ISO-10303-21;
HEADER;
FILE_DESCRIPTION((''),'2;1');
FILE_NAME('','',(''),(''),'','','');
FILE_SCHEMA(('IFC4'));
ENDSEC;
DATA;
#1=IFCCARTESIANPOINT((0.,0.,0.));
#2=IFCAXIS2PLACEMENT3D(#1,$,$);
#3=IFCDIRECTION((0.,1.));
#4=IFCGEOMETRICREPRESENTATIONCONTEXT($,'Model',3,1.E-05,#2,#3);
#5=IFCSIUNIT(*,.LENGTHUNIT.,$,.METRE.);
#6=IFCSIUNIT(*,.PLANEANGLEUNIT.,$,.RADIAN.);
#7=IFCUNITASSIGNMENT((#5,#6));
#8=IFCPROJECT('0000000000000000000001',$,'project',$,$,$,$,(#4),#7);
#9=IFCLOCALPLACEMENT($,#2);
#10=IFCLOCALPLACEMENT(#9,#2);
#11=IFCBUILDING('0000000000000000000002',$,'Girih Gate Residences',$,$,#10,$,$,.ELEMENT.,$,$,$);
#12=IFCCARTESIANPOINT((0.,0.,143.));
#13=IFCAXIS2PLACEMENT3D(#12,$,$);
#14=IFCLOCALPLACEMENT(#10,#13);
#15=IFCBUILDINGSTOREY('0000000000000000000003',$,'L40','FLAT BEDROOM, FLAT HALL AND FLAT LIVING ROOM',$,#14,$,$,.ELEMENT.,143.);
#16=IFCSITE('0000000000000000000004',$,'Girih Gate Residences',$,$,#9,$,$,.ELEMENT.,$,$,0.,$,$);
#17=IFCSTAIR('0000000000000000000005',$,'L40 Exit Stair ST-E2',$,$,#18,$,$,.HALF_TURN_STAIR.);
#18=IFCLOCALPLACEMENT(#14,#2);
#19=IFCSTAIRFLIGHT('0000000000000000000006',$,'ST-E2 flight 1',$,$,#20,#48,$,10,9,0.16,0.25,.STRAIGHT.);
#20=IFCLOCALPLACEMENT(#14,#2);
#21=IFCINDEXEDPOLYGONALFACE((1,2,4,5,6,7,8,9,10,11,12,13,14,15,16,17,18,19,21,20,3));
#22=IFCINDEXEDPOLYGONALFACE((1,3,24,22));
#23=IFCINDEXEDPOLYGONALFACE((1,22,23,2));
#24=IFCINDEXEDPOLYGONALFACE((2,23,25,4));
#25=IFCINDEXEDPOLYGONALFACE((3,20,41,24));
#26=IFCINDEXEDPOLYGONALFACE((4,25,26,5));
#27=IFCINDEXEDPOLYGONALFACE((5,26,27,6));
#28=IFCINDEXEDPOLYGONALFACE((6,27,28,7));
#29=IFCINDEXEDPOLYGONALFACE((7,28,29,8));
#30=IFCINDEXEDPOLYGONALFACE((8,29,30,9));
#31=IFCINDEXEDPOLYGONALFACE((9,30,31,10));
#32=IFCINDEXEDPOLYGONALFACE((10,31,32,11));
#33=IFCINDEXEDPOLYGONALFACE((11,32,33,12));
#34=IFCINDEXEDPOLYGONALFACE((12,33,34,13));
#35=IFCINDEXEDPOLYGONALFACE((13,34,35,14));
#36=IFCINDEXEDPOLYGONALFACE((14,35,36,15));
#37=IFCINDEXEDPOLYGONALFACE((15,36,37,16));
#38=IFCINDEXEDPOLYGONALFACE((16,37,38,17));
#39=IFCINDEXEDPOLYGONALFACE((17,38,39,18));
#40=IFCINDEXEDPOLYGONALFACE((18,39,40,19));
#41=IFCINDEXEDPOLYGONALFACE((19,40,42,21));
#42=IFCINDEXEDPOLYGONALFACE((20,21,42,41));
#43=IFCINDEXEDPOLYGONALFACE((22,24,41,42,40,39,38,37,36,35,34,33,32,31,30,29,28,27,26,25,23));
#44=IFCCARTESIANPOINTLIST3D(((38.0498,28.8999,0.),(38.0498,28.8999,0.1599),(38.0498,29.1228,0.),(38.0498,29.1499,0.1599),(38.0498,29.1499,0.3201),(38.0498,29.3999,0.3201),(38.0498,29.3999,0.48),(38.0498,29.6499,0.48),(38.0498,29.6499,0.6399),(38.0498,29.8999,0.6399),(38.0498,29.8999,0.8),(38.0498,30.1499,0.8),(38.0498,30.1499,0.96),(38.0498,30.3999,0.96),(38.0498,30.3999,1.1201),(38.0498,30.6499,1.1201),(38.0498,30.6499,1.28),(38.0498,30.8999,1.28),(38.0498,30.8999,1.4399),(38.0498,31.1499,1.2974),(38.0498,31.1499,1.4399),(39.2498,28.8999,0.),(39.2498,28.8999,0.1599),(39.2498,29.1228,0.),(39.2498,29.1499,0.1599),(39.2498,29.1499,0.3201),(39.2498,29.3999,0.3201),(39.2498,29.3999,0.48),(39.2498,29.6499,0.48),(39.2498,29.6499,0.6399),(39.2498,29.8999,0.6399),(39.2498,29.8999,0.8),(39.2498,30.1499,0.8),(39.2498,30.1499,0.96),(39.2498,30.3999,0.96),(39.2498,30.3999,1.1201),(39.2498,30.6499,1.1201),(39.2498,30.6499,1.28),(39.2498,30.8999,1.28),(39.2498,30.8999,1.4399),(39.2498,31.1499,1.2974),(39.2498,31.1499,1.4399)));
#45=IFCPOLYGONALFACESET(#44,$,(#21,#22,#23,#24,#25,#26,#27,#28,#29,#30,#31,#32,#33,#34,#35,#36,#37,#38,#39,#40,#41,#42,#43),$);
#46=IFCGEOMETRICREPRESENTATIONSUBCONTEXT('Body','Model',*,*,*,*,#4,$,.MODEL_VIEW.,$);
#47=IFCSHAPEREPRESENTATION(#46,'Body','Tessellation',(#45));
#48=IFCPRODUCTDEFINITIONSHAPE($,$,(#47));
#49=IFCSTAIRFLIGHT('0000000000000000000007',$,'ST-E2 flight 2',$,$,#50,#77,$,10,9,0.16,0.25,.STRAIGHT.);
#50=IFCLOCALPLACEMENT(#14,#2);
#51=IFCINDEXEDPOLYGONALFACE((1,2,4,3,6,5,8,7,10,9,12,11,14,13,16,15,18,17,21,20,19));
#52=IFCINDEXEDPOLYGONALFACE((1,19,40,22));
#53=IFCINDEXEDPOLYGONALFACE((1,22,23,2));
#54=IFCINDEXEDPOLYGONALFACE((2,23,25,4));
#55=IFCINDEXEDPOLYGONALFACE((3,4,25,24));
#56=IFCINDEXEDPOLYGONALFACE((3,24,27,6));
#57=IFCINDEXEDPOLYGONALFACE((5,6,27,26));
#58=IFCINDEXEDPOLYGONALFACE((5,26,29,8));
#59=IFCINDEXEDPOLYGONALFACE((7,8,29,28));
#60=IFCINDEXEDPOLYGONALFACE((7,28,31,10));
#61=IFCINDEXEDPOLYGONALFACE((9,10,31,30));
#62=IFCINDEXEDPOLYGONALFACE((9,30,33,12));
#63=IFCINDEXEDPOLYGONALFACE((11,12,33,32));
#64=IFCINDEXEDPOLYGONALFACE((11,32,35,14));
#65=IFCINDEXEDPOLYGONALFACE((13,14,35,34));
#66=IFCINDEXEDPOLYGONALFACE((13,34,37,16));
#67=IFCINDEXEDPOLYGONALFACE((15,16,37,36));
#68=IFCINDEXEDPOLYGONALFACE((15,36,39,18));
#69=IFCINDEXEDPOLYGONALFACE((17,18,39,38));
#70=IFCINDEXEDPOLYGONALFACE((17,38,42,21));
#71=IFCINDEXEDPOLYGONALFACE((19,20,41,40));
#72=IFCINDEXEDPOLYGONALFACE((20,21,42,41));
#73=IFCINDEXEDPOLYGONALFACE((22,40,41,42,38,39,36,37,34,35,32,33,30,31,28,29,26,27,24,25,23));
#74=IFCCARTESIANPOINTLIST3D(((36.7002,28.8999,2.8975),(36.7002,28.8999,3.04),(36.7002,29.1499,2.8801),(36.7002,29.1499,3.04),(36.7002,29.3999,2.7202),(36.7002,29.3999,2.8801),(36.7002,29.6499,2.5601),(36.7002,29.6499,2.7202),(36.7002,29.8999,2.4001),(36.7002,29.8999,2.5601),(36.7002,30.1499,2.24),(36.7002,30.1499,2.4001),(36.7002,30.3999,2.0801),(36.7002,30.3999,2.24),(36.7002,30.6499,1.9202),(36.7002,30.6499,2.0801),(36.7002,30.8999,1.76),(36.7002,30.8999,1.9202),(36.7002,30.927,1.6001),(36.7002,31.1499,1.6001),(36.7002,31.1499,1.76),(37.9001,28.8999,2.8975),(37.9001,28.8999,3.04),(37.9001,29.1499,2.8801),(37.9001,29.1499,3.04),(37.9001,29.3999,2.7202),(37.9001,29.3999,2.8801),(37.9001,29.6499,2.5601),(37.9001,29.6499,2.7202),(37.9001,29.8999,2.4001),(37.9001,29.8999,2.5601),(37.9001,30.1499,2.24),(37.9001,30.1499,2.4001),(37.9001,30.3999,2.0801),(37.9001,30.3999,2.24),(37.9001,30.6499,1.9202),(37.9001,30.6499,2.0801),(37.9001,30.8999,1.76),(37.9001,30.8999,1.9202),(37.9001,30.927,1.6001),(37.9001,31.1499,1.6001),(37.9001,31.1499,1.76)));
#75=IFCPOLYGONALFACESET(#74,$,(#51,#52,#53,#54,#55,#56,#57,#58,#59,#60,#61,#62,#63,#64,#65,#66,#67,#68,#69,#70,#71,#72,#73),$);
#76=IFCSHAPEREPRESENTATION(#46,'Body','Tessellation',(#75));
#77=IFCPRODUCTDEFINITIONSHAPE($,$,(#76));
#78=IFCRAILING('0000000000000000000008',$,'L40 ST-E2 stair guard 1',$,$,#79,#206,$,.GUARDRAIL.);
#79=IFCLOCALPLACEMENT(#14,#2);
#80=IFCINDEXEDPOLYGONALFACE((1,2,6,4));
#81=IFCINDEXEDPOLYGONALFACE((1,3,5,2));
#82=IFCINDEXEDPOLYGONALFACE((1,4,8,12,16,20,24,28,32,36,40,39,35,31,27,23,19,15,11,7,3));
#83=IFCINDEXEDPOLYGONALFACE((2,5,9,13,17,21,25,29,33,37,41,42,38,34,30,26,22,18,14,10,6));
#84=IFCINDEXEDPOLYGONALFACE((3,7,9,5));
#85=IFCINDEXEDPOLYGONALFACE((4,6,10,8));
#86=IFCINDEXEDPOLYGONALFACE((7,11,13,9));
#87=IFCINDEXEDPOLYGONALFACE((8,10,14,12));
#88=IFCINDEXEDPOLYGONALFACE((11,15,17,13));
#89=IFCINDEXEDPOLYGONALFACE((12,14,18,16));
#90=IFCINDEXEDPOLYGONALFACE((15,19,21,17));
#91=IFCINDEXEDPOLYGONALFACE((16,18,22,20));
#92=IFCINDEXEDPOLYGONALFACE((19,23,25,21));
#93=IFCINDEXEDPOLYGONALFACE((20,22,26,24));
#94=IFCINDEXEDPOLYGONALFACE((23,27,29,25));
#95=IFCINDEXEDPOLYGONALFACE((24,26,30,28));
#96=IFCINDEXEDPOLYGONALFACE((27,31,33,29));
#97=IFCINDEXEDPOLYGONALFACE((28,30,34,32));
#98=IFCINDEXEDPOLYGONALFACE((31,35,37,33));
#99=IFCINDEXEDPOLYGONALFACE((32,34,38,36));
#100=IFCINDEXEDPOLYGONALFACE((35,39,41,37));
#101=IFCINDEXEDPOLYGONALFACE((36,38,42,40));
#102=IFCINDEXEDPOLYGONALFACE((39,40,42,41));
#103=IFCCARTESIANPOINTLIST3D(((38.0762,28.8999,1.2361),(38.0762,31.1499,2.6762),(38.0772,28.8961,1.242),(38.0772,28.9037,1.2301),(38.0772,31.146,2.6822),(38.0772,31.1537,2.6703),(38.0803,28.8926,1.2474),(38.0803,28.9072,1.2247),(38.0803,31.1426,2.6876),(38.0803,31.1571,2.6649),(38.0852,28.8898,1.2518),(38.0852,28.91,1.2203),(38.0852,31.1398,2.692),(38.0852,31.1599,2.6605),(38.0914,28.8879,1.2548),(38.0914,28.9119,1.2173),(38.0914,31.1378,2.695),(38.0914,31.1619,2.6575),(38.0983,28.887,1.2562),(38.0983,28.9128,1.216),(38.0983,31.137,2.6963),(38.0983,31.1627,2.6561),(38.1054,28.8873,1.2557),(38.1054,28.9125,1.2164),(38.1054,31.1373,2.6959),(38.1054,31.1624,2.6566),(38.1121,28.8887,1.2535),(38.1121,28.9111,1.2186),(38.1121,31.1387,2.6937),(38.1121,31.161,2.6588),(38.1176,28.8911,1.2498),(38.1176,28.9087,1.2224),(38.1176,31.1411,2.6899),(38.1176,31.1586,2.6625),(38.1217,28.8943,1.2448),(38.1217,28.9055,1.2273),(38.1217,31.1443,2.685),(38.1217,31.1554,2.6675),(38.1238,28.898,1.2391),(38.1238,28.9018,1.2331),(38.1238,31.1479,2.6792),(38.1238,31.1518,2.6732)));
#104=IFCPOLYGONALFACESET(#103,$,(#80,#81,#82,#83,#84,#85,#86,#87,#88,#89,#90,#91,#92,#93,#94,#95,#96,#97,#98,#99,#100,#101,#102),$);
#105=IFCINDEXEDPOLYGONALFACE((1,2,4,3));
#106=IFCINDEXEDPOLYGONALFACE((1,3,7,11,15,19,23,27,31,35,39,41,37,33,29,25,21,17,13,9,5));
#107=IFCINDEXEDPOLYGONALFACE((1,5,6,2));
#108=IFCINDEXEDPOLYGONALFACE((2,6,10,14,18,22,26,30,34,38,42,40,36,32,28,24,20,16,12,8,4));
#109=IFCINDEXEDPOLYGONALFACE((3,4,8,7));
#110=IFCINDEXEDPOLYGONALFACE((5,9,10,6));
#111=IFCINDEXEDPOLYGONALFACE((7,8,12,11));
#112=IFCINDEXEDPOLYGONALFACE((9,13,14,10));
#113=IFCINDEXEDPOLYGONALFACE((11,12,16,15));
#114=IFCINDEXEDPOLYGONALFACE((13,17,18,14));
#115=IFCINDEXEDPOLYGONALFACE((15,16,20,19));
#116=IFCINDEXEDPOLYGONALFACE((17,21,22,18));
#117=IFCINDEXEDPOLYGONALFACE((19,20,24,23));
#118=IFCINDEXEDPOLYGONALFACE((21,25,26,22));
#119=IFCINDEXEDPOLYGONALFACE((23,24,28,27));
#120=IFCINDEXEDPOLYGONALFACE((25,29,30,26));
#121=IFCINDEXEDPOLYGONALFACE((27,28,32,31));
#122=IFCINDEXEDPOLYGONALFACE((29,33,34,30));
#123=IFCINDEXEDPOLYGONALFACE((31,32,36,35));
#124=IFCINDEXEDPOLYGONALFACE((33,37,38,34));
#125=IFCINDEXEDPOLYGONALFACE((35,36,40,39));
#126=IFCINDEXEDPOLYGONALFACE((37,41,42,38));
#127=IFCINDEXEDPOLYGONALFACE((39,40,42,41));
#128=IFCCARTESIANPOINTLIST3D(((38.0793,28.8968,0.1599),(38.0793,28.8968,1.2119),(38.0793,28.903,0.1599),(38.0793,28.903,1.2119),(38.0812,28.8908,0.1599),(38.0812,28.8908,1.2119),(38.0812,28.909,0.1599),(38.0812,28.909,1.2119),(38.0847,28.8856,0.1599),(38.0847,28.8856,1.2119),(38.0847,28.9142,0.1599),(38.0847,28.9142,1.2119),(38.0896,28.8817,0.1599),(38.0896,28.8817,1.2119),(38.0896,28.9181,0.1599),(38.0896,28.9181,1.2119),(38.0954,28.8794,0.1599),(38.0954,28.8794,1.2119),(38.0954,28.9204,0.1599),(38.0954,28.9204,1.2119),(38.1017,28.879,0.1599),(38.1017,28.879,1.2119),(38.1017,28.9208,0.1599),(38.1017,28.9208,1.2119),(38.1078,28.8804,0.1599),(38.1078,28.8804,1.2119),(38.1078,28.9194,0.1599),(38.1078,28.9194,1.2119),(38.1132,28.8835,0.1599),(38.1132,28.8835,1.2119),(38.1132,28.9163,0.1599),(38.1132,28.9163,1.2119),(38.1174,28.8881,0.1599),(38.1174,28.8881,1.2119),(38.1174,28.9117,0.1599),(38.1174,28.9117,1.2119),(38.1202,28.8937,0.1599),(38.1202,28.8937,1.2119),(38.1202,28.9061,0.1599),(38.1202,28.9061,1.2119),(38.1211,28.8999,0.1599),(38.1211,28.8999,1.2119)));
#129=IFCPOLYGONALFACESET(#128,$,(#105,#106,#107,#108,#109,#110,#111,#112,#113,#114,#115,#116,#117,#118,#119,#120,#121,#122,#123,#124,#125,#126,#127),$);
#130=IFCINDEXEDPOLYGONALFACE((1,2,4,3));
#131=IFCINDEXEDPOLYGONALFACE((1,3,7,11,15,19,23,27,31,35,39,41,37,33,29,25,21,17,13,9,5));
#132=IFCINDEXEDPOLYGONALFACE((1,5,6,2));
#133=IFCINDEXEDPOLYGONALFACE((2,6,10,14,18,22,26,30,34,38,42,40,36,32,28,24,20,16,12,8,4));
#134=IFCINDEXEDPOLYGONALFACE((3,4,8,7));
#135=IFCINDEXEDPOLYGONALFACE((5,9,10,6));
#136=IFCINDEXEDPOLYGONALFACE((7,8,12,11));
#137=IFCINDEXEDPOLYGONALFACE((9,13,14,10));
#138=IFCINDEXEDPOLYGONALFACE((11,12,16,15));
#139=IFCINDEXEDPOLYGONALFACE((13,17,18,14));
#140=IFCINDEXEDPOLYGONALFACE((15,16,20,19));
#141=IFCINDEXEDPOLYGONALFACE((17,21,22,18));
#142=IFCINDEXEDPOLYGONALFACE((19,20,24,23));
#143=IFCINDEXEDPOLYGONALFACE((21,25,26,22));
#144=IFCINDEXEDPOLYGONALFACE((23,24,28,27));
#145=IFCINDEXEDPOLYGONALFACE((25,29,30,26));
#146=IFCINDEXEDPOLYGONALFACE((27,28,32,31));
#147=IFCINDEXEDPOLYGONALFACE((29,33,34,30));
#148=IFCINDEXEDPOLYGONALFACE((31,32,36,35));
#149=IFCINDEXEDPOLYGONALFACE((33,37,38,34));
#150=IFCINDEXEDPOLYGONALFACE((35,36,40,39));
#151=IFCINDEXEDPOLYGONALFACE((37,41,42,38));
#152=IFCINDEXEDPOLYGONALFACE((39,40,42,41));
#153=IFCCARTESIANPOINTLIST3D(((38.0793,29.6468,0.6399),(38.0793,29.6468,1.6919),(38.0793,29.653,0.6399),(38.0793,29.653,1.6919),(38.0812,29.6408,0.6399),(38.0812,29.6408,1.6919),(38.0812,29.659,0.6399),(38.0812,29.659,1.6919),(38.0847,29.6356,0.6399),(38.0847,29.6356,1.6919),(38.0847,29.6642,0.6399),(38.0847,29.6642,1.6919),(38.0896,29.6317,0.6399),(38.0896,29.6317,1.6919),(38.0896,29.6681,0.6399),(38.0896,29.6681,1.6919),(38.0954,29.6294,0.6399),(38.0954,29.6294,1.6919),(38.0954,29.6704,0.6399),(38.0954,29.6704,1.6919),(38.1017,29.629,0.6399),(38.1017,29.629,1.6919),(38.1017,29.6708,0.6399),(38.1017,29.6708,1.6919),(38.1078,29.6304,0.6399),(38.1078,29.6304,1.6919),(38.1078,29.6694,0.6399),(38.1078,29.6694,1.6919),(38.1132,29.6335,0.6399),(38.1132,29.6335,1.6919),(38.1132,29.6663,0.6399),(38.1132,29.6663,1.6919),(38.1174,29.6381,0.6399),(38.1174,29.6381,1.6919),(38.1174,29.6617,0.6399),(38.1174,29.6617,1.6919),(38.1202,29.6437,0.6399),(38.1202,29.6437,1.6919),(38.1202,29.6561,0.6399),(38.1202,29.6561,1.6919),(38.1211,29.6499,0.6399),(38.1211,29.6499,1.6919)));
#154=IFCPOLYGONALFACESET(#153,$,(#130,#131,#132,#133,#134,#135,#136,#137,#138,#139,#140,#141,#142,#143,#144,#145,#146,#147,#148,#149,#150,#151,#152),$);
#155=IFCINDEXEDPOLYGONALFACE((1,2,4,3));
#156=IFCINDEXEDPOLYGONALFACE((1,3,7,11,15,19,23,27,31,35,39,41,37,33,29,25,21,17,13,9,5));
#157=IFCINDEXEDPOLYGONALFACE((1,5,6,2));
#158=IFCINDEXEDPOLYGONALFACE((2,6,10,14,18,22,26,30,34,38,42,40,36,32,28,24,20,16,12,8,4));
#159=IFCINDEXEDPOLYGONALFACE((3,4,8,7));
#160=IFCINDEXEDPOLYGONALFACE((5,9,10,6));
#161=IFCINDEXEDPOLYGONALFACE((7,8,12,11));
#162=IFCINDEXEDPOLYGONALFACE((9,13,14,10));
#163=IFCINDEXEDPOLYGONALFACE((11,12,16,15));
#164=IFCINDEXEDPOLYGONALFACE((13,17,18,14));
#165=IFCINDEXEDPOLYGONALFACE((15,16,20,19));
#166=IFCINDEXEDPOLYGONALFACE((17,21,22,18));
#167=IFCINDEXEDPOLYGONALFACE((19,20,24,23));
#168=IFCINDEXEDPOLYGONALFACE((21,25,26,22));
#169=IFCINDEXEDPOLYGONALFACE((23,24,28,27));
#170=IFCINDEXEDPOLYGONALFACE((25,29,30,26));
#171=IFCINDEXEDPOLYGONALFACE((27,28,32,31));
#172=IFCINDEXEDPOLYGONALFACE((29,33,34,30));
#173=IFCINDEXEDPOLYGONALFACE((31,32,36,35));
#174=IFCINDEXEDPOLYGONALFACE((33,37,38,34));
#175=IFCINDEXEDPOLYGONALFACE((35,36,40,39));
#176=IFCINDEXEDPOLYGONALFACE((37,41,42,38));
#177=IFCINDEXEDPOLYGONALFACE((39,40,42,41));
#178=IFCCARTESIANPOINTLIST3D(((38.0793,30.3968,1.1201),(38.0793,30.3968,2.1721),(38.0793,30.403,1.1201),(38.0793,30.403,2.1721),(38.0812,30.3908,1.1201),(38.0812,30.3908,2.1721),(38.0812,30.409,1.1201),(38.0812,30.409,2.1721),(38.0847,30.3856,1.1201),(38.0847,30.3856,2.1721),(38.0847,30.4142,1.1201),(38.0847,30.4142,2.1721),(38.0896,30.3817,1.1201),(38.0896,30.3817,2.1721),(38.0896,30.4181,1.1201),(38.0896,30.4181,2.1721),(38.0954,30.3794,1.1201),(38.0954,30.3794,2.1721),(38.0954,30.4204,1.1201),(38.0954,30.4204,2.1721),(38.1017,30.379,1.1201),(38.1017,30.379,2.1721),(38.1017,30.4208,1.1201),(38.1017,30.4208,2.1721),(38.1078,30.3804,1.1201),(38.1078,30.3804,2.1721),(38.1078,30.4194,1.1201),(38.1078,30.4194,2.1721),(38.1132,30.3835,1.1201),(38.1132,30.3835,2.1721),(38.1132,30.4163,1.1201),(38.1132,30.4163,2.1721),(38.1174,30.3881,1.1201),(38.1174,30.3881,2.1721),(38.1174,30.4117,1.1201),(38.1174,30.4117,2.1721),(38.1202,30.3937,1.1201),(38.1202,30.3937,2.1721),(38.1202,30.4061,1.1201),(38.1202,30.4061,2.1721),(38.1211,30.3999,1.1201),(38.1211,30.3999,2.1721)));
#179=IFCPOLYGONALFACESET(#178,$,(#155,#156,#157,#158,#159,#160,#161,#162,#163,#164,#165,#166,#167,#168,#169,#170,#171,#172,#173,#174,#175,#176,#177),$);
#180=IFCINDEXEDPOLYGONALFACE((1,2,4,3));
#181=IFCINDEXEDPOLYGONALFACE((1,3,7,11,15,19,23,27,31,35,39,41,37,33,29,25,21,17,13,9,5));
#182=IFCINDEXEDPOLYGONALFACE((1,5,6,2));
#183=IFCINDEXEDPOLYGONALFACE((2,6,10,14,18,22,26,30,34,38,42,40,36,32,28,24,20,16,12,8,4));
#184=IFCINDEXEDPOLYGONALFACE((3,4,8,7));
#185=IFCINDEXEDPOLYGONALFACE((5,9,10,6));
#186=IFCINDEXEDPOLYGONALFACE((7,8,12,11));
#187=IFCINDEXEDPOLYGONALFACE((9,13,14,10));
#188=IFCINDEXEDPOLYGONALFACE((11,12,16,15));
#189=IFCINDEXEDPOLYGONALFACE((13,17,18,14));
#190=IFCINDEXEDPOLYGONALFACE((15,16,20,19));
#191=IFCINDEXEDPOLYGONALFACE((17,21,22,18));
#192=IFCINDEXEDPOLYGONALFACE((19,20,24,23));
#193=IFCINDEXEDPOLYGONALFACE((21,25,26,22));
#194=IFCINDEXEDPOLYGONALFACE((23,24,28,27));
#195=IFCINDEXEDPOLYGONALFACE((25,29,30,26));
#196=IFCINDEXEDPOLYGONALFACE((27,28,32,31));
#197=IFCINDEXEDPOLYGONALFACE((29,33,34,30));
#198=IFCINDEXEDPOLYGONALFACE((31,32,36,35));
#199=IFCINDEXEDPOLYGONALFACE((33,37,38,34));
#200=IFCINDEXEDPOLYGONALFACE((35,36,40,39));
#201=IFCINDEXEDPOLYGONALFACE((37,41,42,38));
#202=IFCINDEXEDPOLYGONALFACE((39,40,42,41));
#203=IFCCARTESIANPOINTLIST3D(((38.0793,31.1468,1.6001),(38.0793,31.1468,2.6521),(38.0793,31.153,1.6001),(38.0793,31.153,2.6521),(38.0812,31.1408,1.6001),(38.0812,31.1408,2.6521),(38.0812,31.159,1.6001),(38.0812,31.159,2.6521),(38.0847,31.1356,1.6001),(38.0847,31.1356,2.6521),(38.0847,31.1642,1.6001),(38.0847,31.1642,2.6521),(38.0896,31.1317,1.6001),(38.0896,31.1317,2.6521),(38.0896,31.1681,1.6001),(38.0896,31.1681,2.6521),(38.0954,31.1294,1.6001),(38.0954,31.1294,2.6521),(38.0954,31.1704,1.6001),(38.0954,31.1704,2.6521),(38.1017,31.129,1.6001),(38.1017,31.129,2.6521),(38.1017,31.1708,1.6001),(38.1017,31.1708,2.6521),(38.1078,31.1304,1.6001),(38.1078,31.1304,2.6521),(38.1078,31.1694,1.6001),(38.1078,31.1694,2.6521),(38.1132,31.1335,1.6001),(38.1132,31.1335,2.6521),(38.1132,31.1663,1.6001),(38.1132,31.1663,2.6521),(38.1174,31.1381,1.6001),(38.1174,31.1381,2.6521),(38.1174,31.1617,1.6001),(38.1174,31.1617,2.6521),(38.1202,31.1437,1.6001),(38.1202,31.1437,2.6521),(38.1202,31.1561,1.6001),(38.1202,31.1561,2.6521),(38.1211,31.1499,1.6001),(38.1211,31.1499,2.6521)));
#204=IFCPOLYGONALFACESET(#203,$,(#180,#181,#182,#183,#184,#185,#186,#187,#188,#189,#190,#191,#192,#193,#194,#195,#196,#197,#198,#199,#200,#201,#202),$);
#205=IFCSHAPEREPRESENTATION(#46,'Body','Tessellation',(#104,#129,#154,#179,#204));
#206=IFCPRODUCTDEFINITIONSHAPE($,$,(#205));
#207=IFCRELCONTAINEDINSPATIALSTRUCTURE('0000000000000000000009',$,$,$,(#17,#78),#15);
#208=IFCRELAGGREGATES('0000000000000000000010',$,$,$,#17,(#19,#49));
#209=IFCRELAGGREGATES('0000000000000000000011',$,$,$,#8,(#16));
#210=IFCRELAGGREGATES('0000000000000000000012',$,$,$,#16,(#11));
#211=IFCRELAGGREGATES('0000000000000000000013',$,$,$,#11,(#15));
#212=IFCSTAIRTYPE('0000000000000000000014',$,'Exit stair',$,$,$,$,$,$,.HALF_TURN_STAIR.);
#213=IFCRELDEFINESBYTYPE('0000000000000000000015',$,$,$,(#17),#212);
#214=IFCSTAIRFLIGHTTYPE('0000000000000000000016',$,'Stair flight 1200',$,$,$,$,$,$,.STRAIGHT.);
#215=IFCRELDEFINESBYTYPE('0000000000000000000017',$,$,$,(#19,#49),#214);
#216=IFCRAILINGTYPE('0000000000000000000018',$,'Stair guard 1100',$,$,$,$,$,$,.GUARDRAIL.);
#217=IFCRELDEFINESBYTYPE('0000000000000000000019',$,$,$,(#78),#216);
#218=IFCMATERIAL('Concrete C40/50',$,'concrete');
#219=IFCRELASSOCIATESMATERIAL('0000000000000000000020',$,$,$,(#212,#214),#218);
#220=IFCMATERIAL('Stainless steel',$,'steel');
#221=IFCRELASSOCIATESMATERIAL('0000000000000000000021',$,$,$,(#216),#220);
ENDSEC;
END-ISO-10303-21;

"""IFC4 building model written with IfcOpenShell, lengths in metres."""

from ifc_helpers import new_model, si_unit, direction, frame, origin, origin_2d, place, context, subcontext, project, spatial, polyline, circle, outline, extrude, material, type_object, element, aggregate, save


model = new_model("IFC4")

# Units and contexts
model_context = context("Model", 3, precision=1e-05, world=origin(), true_north=direction((0.0, 1.0)))
body_context = subcontext(model_context, "Body", "Model", "MODEL_VIEW")
ifc_project = project(units=[si_unit("LENGTHUNIT", "METRE"), si_unit("PLANEANGLEUNIT", "RADIAN")], contexts=[model_context])

# Site, building, storey
site_placement = place(None, origin())
site = spatial("IfcSite", under=ifc_project, at=site_placement, Name="Girih Gate Residences", CompositionType="ELEMENT", RefElevation=0.0)
building_placement = place(site_placement, origin())
building = spatial("IfcBuilding", under=site, at=building_placement, Name="Girih Gate Residences", CompositionType="ELEMENT")
storey_placement = place(building_placement, frame((0.0, 0.0, 143.0)))
storey = spatial("IfcBuildingStorey", under=building, at=storey_placement, Name="L40", Description="FLAT BEDROOM, FLAT HALL AND FLAT LIVING ROOM", CompositionType="ELEMENT", Elevation=143.0)

# Shared definitions
ifc_material_1 = material(Name="Concrete C40/50", Category="concrete")

# Stair, stair flights
stair_type = type_object("IfcStairType", Name="Exit stair", PredefinedType="HALF_TURN_STAIR", material=ifc_material_1)
stair_placement = place(storey_placement, origin())
stair = element("IfcStair", 1, at=stair_placement, inside=storey, type_object=stair_type, Name="L40 Exit Stair ST-E2", PredefinedType="HALF_TURN_STAIR")
stair_flight_type = type_object("IfcStairFlightType", Name="Stair flight 1200", PredefinedType="STRAIGHT", material=ifc_material_1)
stair_flight_1_placement = place(storey_placement, frame((38.6499, 28.8999, 0.0), z_axis=(0.0, 0.0, 1.0), x_axis=(0.0, 1.0, 0.0)))
stair_flight_1 = element("IfcStairFlight", 2, at=stair_flight_1_placement, type_object=stair_flight_type, Name="ST-E2 flight 1", NumberOfRisers=10, NumberOfTreads=9, PredefinedType="STRAIGHT", RiserHeight=0.16, TreadLength=0.25, context=body_context, shape_type="SweptSolid", body=[
    extrude(outline(polyline([(0.0, 0.0), (0.0, 0.1599), (0.25, 0.1599), (0.25, 0.3201), (0.5, 0.3201), (0.5, 0.48), (0.75, 0.48), (0.75, 0.6399), (1.0, 0.6399), (1.0, 0.8), (1.25, 0.8), (1.25, 0.96), (1.5, 0.96), (1.5, 1.1201), (1.75, 1.1201), (1.75, 1.28), (2.0, 1.28), (2.0, 1.4399), (2.25, 1.4399), (2.25, 1.6001), (2.25, 1.2974), (0.2229, 0.0), (0.0, 0.0)])), frame((0.0, 0.6001, 0.0), z_axis=(0.0, -1.0, 0.0), x_axis=(1.0, 0.0, 0.0)), (0.0, 0.0, 1.0), 1.2),
])
stair_flight_2_placement = place(storey_placement, frame((37.3, 31.1499, 1.6001), z_axis=(0.0, 0.0, 1.0), x_axis=(0.0, -1.0, 0.0)))
stair_flight_2 = element("IfcStairFlight", 3, at=stair_flight_2_placement, type_object=stair_flight_type, Name="ST-E2 flight 2", NumberOfRisers=10, NumberOfTreads=9, PredefinedType="STRAIGHT", RiserHeight=0.16, TreadLength=0.25, context=body_context, shape_type="SweptSolid", body=[
    extrude(outline(polyline([(0.0, 0.0), (0.0, 0.1599), (0.25, 0.1599), (0.25, 0.3201), (0.5, 0.3201), (0.5, 0.48), (0.75, 0.48), (0.75, 0.6399), (1.0, 0.6399), (1.0, 0.8), (1.25, 0.8), (1.25, 0.96), (1.5, 0.96), (1.5, 1.1201), (1.75, 1.1201), (1.75, 1.28), (2.0, 1.28), (2.0, 1.4399), (2.25, 1.4399), (2.25, 1.6001), (2.25, 1.2974), (0.2229, 0.0), (0.0, 0.0)])), frame((0.0, 0.6001, 0.0), z_axis=(0.0, -1.0, 0.0), x_axis=(1.0, 0.0, 0.0)), (0.0, 0.0, 1.0), 1.2),
])
aggregate(stair, [stair_flight_1, stair_flight_2])

# Railing
ifc_material_2 = material(Name="Stainless steel", Category="steel")
railing_type_1 = type_object("IfcRailingType", Name="Stair guard 1100", PredefinedType="GUARDRAIL", material=ifc_material_2)
railing_1_placement = place(storey_placement, frame((38.1001, 28.8999, 0.1599)))
element("IfcRailing", 4, at=railing_1_placement, inside=storey, type_object=railing_type_1, Name="L40 ST-E2 stair guard 1", PredefinedType="GUARDRAIL", context=body_context, shape_type="SweptSolid", body=[
    extrude(circle(Radius=0.0239, at=origin_2d()), frame((0.0, 0.0, 1.0762), z_axis=(0.0, 0.84224, 0.539103), x_axis=(-1.0, 0.0, 0.0)), (0.0, 0.0, 1.0), 2.6714),
    extrude(circle(Radius=0.021, at=origin_2d()), origin(), (0.0, 0.0, 1.0), 1.052),
    extrude(circle(Radius=0.021, at=origin_2d()), frame((0.0, 0.75, 0.48)), (0.0, 0.0, 1.0), 1.052),
    extrude(circle(Radius=0.021, at=origin_2d()), frame((0.0, 1.5, 0.9602)), (0.0, 0.0, 1.0), 1.052),
    extrude(circle(Radius=0.021, at=origin_2d()), frame((0.0, 2.25, 1.4402)), (0.0, 0.0, 1.0), 1.052),
])

save(model, "model.ifc")
